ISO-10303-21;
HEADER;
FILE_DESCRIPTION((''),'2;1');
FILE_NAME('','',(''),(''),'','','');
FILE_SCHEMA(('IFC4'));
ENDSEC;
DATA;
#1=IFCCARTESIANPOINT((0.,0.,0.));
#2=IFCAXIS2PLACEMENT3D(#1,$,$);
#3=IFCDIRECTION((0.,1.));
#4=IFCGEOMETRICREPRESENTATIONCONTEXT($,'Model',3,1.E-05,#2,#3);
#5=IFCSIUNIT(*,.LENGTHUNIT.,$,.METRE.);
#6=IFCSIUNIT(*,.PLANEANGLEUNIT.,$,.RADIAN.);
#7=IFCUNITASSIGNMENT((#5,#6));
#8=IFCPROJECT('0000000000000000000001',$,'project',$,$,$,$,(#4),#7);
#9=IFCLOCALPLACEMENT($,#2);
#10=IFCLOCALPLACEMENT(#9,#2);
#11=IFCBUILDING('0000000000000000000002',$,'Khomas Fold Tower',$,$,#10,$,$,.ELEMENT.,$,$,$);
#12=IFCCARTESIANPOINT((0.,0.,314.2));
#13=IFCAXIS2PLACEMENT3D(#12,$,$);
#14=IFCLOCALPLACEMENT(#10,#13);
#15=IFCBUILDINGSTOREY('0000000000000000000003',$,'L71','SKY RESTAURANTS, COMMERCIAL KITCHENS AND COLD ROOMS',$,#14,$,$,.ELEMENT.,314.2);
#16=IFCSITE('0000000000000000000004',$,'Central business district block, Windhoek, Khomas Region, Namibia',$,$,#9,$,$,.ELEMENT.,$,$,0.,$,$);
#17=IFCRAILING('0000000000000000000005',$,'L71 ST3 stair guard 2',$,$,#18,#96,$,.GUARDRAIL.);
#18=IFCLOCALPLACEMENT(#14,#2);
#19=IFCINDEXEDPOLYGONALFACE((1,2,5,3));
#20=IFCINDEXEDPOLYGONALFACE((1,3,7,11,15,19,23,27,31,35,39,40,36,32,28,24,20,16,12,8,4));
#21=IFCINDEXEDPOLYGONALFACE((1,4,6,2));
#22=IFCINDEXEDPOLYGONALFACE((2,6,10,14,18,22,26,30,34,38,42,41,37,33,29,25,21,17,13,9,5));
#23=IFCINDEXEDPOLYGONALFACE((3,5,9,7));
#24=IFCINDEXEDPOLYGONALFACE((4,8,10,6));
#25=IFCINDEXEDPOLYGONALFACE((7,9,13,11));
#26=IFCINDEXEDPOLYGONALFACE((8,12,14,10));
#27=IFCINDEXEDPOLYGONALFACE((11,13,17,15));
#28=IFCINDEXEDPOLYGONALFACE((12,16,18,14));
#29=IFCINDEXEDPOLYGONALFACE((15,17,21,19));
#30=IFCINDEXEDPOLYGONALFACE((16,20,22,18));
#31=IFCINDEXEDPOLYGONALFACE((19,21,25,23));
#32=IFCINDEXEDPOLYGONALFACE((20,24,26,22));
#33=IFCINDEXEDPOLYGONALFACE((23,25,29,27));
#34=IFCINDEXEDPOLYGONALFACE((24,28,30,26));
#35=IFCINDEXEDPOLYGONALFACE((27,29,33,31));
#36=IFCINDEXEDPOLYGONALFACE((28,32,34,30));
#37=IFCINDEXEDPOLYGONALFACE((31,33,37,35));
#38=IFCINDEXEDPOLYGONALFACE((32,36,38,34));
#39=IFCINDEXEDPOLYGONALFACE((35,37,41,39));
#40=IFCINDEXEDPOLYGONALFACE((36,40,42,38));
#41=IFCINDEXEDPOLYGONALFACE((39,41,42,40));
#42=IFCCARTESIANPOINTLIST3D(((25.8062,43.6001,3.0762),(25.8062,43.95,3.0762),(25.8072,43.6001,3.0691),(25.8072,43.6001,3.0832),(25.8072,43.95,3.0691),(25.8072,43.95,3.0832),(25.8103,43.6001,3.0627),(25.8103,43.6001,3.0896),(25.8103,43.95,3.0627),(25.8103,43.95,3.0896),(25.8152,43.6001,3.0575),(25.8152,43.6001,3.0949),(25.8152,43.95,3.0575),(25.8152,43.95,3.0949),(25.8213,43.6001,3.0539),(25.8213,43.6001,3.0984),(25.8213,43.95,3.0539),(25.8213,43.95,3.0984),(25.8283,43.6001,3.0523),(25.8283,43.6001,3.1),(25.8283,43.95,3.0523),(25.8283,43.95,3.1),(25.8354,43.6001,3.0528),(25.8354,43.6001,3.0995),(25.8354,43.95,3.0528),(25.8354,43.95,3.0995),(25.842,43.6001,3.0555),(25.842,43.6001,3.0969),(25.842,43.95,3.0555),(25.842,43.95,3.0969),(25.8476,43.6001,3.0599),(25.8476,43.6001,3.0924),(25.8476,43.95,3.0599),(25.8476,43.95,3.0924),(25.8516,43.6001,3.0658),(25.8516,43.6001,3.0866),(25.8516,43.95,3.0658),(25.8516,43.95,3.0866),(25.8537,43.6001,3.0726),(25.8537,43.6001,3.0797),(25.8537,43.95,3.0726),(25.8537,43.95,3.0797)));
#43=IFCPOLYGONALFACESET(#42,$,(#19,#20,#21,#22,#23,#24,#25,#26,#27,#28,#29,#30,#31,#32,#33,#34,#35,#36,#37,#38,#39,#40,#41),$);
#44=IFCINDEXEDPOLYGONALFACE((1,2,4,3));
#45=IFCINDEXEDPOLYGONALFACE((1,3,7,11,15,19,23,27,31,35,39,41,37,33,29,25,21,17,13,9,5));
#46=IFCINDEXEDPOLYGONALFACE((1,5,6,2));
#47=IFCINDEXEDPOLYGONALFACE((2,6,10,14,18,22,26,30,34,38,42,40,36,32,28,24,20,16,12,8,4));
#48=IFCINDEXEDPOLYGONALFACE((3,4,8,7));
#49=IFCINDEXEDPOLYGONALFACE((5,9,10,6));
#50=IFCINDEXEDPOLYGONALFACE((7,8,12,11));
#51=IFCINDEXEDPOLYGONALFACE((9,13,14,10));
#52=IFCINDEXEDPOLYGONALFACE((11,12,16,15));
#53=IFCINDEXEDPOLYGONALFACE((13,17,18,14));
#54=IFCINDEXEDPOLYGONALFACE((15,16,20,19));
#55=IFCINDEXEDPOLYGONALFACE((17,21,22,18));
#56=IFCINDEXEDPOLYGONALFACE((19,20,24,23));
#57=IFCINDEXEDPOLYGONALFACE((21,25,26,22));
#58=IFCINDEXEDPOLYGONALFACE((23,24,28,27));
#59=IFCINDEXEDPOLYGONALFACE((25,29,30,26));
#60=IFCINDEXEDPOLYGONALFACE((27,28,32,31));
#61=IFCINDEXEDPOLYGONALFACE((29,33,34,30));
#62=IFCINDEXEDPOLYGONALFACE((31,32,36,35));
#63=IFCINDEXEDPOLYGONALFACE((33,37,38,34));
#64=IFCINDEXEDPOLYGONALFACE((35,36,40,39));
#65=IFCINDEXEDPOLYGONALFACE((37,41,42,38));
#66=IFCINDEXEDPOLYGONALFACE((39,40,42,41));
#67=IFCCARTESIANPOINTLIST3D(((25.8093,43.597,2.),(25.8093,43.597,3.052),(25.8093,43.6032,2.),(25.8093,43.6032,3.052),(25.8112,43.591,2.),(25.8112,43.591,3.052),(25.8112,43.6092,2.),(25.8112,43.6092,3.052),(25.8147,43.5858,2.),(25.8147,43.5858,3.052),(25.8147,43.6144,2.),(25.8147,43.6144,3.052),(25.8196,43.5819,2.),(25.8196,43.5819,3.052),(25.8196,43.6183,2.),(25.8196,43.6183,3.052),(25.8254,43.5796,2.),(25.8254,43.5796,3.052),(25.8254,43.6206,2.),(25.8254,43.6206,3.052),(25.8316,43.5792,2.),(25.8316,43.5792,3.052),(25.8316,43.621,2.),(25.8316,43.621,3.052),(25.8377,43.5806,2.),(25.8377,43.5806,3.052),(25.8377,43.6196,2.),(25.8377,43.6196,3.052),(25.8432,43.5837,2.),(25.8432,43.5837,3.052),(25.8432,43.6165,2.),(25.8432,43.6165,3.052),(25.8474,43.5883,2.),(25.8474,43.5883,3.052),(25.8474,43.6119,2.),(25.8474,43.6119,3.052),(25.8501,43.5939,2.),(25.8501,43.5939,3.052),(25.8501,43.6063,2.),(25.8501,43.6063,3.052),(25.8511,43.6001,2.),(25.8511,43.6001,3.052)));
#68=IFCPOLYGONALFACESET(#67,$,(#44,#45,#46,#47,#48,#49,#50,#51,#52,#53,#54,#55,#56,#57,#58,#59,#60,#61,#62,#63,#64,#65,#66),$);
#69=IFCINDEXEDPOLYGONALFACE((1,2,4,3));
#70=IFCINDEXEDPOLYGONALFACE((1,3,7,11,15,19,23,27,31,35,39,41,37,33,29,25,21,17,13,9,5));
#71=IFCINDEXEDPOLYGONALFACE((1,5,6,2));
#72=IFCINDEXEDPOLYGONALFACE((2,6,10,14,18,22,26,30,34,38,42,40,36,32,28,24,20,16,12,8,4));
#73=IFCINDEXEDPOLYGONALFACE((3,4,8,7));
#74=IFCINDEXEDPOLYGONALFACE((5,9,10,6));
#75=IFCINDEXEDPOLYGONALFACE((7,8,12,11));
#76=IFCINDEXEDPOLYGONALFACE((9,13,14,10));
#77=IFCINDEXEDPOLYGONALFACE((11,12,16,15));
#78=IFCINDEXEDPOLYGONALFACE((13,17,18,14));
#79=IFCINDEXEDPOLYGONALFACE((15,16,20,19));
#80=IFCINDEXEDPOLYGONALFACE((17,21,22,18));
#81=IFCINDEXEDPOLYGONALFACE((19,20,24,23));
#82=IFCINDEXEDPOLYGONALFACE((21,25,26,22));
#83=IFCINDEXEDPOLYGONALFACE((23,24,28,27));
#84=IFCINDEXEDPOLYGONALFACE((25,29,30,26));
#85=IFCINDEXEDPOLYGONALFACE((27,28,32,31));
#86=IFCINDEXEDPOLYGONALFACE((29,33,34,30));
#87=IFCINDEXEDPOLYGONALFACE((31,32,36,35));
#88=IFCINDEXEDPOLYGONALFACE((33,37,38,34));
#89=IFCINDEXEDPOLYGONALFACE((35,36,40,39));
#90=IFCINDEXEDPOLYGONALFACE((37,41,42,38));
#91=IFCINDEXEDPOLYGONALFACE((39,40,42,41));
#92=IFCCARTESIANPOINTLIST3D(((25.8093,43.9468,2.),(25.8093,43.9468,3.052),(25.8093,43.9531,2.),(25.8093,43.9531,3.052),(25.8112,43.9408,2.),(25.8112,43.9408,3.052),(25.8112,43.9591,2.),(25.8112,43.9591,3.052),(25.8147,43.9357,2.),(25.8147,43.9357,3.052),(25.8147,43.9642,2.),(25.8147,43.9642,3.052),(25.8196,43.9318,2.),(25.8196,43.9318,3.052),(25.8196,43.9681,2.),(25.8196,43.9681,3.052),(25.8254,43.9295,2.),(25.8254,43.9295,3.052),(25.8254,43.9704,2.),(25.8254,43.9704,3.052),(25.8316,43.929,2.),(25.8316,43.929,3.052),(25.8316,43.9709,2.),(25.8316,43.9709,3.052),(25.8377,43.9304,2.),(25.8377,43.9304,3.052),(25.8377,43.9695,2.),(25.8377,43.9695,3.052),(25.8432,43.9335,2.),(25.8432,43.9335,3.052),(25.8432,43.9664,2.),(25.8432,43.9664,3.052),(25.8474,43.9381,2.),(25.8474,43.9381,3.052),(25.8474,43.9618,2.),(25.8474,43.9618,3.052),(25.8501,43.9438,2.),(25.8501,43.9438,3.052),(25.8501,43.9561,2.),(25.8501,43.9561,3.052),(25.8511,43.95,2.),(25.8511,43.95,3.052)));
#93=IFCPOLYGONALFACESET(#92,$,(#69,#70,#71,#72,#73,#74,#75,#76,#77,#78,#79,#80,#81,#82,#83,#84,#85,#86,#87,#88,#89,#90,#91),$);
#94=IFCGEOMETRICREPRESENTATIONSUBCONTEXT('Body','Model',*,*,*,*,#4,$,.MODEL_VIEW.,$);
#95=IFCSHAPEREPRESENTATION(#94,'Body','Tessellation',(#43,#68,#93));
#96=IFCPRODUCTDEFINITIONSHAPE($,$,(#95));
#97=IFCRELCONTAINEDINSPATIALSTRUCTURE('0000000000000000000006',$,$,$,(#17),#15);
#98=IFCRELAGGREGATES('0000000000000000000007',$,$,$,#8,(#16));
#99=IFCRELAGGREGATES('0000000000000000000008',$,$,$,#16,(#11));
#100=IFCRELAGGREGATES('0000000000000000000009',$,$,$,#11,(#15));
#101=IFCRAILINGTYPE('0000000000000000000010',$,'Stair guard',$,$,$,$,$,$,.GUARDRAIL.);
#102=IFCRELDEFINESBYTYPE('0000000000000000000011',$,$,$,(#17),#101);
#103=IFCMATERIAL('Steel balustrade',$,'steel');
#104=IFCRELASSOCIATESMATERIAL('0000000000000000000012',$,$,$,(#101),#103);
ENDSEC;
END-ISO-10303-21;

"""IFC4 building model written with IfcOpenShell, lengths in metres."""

from ifc_helpers import new_model, si_unit, direction, frame, origin, origin_2d, place, context, subcontext, project, spatial, circle, extrude, source, transform, mapped, material, type_object, element, save


model = new_model("IFC4")

# Units and contexts
model_context = context("Model", 3, precision=1e-05, world=origin(), true_north=direction((0.0, 1.0)))
body_context = subcontext(model_context, "Body", "Model", "MODEL_VIEW")
ifc_project = project(units=[si_unit("LENGTHUNIT", "METRE"), si_unit("PLANEANGLEUNIT", "RADIAN")], contexts=[model_context])

# Site, building, storey
site_placement = place(None, origin())
site = spatial("IfcSite", under=ifc_project, at=site_placement, Name="Central business district block, Windhoek, Khomas Region, Namibia", CompositionType="ELEMENT", RefElevation=0.0)
building_placement = place(site_placement, origin())
building = spatial("IfcBuilding", under=site, at=building_placement, Name="Khomas Fold Tower", CompositionType="ELEMENT")
storey_placement = place(building_placement, frame((0.0, 0.0, 314.2)))
storey = spatial("IfcBuildingStorey", under=building, at=storey_placement, Name="L71", Description="SKY RESTAURANTS, COMMERCIAL KITCHENS AND COLD ROOMS", CompositionType="ELEMENT", Elevation=314.2)

# Railing
ifc_material_1 = material(Name="Steel balustrade", Category="steel")
railing_type_1 = type_object("IfcRailingType", Name="Stair guard", PredefinedType="GUARDRAIL", material=ifc_material_1)
shared_shape_1 = source(origin(), body_context, "Body", "SweptSolid", [
    extrude(circle(Radius=0.0239, at=origin_2d()), frame((0.0, 0.0, 1.0762), z_axis=(0.0, 1.0, 0.0), x_axis=(-1.0, 0.0, 0.0)), (0.0, 0.0, 1.0), 0.3499),
    extrude(circle(Radius=0.021, at=origin_2d()), origin(), (0.0, 0.0, 1.0), 1.052),
    extrude(circle(Radius=0.021, at=origin_2d()), frame((0.0, 0.3499, 0.0)), (0.0, 0.0, 1.0), 1.052),
])
railing_1_placement = place(storey_placement, frame((25.8301, 43.6001, 2.0)))
element("IfcRailing", 1, at=railing_1_placement, inside=storey, type_object=railing_type_1, Name="L71 ST3 stair guard 2", PredefinedType="GUARDRAIL", context=body_context, shape_type="MappedRepresentation", body=[
    mapped(shared_shape_1, transform((0.0, 0.0, 0.0))),
])

save(model, "model.ifc")
